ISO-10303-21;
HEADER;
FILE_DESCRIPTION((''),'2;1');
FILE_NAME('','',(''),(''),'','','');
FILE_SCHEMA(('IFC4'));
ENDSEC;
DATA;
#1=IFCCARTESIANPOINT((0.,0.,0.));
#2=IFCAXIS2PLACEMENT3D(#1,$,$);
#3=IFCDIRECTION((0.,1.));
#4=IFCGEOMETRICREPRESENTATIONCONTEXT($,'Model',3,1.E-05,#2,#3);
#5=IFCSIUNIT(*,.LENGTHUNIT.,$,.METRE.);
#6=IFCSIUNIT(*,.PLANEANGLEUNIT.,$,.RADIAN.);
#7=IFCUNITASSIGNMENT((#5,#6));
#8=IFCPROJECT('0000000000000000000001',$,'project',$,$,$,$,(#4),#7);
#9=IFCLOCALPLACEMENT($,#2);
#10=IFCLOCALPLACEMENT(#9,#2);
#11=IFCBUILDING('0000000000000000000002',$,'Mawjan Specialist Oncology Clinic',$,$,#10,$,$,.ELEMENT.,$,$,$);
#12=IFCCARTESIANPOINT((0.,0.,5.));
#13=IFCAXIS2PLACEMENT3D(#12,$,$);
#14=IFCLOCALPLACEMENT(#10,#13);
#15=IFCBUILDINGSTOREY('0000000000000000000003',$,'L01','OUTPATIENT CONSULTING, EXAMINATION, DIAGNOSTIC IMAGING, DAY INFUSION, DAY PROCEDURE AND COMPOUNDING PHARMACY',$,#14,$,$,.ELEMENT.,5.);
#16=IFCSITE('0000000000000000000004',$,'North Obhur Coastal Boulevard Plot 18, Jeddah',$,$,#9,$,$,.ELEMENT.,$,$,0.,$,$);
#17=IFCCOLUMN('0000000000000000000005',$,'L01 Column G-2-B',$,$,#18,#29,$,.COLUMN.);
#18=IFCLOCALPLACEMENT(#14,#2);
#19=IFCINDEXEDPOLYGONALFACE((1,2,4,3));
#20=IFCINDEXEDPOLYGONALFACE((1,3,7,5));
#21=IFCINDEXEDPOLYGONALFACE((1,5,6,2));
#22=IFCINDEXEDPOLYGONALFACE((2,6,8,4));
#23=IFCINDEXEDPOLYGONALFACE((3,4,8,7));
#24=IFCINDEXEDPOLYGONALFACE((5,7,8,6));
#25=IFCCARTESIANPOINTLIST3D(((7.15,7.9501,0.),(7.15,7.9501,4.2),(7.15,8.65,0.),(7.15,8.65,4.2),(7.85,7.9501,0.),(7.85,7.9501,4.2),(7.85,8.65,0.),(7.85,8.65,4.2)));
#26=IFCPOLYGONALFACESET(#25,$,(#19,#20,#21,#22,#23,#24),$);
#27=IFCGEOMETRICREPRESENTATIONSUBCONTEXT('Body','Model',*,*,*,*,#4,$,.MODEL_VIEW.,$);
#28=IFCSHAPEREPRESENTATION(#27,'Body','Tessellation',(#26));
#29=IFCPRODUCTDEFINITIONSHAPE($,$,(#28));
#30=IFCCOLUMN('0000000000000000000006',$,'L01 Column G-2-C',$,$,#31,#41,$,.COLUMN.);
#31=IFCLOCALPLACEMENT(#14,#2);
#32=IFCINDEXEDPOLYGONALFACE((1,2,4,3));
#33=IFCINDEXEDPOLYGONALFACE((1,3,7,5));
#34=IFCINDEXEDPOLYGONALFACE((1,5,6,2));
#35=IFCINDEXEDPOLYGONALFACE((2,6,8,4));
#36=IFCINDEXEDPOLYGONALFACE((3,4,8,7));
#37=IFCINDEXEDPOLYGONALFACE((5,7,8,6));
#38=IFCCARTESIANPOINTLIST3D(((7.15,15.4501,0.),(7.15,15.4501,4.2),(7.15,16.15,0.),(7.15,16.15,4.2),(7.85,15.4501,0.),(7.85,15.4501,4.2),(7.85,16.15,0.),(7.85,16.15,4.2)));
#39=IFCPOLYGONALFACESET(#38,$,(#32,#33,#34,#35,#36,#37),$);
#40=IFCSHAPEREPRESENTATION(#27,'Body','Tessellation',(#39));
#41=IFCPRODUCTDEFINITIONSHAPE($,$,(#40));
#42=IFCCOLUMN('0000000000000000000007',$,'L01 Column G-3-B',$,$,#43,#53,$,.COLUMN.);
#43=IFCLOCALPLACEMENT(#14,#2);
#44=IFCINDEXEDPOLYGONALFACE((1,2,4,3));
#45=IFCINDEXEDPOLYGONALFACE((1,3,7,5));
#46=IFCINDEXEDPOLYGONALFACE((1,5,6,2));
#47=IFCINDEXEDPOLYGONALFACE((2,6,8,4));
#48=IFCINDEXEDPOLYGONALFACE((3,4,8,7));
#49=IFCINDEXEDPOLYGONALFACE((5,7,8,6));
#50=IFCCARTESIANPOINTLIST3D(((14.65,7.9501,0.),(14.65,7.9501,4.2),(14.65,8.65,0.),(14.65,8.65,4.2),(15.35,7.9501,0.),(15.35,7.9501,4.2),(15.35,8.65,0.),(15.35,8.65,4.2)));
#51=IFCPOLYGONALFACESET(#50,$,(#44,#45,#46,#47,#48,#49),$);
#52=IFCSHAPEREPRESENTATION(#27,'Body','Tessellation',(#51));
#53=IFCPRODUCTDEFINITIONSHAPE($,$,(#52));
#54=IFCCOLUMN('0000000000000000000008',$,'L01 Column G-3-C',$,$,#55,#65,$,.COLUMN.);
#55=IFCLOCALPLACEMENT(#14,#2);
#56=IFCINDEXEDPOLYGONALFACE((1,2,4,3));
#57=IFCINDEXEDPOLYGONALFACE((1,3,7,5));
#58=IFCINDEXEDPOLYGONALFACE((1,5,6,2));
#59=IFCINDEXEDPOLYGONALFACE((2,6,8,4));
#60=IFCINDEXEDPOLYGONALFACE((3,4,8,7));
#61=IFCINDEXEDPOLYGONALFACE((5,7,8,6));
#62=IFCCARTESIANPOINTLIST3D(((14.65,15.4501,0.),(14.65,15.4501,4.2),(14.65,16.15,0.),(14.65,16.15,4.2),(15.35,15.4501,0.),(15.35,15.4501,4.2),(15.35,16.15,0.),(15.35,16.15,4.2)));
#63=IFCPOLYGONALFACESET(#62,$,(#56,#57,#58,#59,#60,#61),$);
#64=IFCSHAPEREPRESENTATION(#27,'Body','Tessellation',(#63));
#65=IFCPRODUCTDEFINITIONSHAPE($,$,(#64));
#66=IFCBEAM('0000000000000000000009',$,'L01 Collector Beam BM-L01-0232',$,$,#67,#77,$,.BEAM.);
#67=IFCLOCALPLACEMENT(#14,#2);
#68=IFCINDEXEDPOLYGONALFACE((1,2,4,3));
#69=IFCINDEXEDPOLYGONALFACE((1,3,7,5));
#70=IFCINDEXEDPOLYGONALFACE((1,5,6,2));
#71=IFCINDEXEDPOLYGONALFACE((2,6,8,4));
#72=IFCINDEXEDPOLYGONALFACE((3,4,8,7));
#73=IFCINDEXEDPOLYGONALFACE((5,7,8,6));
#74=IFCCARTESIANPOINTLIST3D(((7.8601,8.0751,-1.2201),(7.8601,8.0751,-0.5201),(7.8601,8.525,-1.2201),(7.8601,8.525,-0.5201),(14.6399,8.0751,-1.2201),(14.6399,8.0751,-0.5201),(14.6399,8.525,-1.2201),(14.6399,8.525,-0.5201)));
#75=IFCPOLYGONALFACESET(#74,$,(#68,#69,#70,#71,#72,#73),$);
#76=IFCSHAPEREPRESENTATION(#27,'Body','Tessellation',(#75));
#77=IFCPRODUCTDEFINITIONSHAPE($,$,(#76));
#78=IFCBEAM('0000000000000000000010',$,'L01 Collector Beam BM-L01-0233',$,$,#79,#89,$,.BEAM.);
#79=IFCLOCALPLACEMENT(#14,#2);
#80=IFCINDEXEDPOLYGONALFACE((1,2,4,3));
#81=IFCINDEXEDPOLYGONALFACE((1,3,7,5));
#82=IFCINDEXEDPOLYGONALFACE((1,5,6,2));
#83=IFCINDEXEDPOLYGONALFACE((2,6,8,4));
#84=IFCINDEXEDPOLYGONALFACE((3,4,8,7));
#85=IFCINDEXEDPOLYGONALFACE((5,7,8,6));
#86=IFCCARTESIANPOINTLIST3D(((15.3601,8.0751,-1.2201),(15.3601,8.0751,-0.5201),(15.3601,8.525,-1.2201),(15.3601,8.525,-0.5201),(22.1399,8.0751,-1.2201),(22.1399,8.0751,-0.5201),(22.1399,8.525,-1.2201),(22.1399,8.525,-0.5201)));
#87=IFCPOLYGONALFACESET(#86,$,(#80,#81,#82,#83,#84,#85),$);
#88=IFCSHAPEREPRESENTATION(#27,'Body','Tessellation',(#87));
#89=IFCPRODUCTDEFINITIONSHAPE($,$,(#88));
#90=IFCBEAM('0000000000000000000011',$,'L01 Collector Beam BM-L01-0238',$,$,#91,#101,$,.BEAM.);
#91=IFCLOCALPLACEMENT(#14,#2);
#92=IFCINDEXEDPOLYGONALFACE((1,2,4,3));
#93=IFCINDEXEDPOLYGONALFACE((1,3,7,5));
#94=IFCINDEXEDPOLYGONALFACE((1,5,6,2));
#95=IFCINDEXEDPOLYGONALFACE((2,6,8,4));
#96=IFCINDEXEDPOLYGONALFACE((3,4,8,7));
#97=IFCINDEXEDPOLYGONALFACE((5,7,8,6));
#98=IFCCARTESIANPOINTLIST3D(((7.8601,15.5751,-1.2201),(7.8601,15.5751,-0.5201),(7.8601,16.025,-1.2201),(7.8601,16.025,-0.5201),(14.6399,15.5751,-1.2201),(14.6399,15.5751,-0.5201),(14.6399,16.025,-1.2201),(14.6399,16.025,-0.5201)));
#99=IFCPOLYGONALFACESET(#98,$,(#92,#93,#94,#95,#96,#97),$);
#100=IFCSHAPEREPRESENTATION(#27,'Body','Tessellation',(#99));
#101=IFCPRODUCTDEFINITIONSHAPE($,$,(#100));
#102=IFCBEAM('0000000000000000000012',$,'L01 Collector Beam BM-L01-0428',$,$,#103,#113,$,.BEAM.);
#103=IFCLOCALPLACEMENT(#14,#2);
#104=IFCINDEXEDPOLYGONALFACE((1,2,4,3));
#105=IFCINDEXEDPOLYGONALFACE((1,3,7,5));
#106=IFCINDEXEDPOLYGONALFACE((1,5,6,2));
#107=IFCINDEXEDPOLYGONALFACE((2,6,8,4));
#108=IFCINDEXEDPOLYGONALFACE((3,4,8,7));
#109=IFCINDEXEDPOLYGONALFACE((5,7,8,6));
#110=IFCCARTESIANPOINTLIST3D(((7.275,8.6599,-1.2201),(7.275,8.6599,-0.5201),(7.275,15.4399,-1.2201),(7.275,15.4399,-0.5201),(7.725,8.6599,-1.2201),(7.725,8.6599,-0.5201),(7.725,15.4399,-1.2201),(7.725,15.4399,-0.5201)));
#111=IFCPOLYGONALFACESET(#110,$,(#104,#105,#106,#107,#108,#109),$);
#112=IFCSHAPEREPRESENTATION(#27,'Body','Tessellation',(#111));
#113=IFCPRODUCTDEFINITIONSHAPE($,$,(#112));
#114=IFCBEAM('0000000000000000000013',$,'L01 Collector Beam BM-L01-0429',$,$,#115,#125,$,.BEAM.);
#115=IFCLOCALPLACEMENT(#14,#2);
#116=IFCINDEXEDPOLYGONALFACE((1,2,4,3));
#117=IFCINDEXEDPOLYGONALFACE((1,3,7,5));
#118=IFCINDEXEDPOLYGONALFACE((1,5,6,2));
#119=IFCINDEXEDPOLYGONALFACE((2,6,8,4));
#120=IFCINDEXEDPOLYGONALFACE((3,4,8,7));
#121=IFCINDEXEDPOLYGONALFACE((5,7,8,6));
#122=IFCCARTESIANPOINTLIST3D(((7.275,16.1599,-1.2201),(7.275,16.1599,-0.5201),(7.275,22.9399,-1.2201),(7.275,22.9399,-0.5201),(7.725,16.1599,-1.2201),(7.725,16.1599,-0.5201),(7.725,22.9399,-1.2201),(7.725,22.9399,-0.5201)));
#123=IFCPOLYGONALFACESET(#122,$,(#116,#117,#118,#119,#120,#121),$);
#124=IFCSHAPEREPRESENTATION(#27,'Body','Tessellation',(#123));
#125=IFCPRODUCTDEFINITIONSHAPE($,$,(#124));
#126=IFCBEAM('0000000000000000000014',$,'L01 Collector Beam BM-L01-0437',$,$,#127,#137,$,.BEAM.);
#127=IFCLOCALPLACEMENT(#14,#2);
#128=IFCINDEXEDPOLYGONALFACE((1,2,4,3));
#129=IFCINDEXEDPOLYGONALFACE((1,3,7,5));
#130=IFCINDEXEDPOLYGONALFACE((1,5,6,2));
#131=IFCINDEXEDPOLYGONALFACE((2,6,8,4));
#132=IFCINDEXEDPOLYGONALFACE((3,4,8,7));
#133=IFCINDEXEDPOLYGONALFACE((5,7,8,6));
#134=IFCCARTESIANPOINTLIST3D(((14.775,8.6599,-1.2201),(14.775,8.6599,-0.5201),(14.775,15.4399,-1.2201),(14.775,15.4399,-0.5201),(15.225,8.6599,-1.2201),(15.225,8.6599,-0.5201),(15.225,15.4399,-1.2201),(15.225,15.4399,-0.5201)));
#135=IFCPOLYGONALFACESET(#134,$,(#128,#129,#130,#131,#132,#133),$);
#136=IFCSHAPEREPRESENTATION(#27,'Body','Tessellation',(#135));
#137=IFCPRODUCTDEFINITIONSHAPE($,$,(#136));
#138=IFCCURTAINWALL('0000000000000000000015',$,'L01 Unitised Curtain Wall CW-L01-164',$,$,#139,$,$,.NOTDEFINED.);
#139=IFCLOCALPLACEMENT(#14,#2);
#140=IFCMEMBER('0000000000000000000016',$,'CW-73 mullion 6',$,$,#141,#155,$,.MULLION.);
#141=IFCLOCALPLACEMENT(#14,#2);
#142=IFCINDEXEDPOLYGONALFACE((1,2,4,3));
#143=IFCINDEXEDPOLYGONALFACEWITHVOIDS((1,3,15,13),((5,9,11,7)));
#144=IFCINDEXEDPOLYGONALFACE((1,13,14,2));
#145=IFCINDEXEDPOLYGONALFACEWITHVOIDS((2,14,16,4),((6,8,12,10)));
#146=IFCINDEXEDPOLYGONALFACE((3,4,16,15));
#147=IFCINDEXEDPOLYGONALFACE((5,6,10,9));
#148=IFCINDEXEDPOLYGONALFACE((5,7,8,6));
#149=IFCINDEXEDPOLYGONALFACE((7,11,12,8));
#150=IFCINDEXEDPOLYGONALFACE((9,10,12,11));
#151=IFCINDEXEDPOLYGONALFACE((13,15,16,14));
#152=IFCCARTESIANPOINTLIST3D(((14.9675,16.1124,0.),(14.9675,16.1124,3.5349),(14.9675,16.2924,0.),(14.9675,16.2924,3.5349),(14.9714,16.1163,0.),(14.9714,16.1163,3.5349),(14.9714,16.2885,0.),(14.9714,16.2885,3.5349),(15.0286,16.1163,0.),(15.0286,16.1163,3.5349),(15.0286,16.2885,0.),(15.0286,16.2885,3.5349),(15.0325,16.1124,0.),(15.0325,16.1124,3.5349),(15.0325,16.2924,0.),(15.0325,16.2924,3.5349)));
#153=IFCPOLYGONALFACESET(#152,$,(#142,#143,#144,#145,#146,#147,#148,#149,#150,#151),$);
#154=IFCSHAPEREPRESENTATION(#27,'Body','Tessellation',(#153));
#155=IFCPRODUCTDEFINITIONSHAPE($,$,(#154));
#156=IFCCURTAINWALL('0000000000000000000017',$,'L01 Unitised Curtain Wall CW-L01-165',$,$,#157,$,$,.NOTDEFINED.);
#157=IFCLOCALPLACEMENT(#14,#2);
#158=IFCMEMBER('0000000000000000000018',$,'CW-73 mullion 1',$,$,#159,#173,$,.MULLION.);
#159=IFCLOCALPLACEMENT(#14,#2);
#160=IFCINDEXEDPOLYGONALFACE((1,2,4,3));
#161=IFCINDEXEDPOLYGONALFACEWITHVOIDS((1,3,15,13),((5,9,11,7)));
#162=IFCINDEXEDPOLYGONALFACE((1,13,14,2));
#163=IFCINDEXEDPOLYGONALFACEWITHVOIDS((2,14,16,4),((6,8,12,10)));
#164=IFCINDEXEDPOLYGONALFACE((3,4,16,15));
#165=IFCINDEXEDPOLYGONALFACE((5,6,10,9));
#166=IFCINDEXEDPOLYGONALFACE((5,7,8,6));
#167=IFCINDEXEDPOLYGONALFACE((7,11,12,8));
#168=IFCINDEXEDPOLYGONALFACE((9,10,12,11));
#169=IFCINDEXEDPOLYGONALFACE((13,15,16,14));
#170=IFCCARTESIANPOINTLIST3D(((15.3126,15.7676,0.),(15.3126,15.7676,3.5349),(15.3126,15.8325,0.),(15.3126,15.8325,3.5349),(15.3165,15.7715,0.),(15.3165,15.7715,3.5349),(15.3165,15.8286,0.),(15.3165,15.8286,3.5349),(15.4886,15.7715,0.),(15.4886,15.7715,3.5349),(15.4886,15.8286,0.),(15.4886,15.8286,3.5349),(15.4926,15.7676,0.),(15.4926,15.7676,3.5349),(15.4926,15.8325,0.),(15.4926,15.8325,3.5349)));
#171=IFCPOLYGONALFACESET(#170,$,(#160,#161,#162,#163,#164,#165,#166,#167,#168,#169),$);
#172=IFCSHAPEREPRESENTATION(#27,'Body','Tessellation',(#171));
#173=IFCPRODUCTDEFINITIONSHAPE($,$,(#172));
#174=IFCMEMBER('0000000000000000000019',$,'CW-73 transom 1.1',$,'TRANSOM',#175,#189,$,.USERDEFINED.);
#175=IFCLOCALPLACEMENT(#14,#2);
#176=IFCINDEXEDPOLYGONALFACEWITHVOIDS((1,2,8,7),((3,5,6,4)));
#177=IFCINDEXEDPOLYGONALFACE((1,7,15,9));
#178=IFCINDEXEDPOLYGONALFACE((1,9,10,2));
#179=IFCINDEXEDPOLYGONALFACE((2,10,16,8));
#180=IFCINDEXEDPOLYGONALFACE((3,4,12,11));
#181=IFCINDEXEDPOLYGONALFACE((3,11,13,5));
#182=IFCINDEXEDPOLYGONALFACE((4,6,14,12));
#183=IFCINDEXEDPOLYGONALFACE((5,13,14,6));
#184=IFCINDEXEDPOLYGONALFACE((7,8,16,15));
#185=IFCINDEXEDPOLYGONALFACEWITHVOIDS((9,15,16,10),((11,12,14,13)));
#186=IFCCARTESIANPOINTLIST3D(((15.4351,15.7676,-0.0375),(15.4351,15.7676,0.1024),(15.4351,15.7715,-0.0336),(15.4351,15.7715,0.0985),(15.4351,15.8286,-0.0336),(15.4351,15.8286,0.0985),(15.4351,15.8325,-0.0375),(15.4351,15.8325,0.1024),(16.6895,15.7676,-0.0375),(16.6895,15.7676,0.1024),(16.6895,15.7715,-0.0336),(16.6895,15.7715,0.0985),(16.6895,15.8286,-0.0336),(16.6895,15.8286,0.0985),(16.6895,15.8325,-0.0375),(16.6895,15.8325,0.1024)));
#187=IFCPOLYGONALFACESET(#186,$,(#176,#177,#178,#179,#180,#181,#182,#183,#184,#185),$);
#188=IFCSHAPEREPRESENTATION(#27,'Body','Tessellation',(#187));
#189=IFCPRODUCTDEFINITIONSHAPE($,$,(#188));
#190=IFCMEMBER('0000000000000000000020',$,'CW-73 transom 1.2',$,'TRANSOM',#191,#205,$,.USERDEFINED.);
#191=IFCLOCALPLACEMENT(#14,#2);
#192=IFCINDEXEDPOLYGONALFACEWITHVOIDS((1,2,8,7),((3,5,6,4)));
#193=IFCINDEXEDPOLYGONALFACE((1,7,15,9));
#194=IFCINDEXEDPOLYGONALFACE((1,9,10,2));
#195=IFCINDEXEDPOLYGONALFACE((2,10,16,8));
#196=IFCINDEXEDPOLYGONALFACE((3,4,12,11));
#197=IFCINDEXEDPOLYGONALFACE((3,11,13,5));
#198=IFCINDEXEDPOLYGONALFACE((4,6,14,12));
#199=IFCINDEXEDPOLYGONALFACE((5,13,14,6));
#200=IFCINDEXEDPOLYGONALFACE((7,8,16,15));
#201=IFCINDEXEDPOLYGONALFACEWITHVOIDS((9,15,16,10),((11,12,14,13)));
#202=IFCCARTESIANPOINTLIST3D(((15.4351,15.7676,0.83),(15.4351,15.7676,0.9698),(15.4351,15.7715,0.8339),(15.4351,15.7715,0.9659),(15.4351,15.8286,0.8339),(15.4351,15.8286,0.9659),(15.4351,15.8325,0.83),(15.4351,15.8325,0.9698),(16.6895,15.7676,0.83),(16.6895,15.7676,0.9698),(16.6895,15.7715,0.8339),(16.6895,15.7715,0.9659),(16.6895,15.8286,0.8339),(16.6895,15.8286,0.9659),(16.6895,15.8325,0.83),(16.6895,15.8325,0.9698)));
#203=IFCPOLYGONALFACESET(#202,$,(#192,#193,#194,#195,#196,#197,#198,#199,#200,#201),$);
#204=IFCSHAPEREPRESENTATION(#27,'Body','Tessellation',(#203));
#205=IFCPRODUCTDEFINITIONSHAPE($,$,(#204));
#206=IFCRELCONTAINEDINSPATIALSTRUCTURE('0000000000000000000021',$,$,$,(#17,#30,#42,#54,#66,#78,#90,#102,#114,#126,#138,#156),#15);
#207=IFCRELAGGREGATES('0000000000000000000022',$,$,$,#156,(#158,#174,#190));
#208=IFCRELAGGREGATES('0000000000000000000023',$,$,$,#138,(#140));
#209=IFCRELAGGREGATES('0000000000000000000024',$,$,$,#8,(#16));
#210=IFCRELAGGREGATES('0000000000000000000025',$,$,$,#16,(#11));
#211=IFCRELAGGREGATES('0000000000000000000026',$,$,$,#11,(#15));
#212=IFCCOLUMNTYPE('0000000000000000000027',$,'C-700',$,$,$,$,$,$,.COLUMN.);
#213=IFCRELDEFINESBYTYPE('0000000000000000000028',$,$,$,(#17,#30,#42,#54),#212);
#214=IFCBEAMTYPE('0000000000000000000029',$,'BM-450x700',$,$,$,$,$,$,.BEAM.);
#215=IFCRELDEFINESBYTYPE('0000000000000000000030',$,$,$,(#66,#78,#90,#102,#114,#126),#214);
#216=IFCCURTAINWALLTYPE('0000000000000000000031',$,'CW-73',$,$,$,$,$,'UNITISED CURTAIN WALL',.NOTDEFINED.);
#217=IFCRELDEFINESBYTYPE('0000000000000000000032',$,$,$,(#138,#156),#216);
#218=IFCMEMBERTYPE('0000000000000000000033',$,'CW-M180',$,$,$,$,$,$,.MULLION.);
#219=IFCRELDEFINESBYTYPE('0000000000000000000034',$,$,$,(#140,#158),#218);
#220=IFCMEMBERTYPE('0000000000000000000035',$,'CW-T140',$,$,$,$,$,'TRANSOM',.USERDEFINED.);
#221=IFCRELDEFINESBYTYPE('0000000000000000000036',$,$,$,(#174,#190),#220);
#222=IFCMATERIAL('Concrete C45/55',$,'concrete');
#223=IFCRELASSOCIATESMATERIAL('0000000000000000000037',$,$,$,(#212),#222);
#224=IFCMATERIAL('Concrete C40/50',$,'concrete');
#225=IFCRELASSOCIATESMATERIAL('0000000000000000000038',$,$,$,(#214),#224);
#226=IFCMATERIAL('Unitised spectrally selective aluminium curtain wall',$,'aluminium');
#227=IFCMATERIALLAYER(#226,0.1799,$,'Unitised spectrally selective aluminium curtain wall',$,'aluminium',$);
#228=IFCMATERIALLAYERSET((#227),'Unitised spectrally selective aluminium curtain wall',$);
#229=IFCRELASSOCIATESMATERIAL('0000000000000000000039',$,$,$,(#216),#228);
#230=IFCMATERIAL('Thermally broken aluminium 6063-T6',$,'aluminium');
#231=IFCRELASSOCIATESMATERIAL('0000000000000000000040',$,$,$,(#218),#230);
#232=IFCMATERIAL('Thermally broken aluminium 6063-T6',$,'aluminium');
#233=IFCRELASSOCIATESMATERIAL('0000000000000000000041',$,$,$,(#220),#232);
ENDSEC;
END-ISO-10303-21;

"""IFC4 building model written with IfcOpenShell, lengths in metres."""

from ifc_helpers import new_model, si_unit, direction, frame, origin, origin_2d, place, context, subcontext, project, spatial, rectangle, hollow_rectangle, extrude, material, layer, layer_set, material_profile, profile_set, type_object, element, aggregate, save


model = new_model("IFC4")

# Units and contexts
model_context = context("Model", 3, precision=1e-05, world=origin(), true_north=direction((0.0, 1.0)))
body_context = subcontext(model_context, "Body", "Model", "MODEL_VIEW")
ifc_project = project(units=[si_unit("LENGTHUNIT", "METRE"), si_unit("PLANEANGLEUNIT", "RADIAN")], contexts=[model_context])

# Site, building, storey
site_placement = place(None, origin())
site = spatial("IfcSite", under=ifc_project, at=site_placement, Name="North Obhur Coastal Boulevard Plot 18, Jeddah", CompositionType="ELEMENT", RefElevation=0.0)
building_placement = place(site_placement, origin())
building = spatial("IfcBuilding", under=site, at=building_placement, Name="Mawjan Specialist Oncology Clinic", CompositionType="ELEMENT")
storey_placement = place(building_placement, frame((0.0, 0.0, 5.0)))
storey = spatial("IfcBuildingStorey", under=building, at=storey_placement, Name="L01", Description="OUTPATIENT CONSULTING, EXAMINATION, DIAGNOSTIC IMAGING, DAY INFUSION, DAY PROCEDURE AND COMPOUNDING PHARMACY", CompositionType="ELEMENT", Elevation=5.0)

# Columns
ifc_material_1 = material(Name="Concrete C45/55", Category="concrete")
ifc_material_profile_1 = material_profile(ifc_material_1, rectangle(XDim=0.7, YDim=0.7, at=origin_2d()), Name="RC COL 700x700", Category="concrete")
ifc_profile_set_1 = profile_set([ifc_material_profile_1], Name="Concrete C45/55")
column_type = type_object("IfcColumnType", Name="C-700", PredefinedType="COLUMN", material=ifc_profile_set_1)
for number, where, z_axis, x_axis, name in (
    (1, (7.5, 8.3, 0.0), (0.0, 0.0, 1.0), (1.0, 0.0, 0.0), "L01 Column G-2-B"),
    (2, (7.5, 15.8, 0.0), (0.0, 0.0, 1.0), (1.0, 0.0, 0.0), "L01 Column G-2-C"),
    (3, (15.0, 8.3, 0.0), (0.0, 0.0, 1.0), (1.0, 0.0, 0.0), "L01 Column G-3-B"),
    (4, (15.0, 15.8, 0.0), (0.0, 0.0, 1.0), (1.0, 0.0, 0.0), "L01 Column G-3-C"),
):
    element("IfcColumn", number, at=place(storey_placement, frame(where, z_axis=z_axis, x_axis=x_axis)), inside=storey, type_object=column_type, Name=name, PredefinedType="COLUMN", context=body_context, shape_type="SweptSolid", body=[
        extrude(rectangle(XDim=0.7, YDim=0.7, at=origin_2d()), origin(), (0.0, 0.0, 1.0), 4.2),
    ])

# Beams
ifc_material_2 = material(Name="Concrete C40/50", Category="concrete")
ifc_material_profile_2 = material_profile(ifc_material_2, rectangle(XDim=0.45, YDim=0.7, at=origin_2d()), Name="RC BM 450x700", Category="concrete")
ifc_profile_set_2 = profile_set([ifc_material_profile_2], Name="Concrete C40/50")
beam_type_1 = type_object("IfcBeamType", Name="BM-450x700", PredefinedType="BEAM", material=ifc_profile_set_2)
for number, where, z_axis, x_axis, name in (
    (5, (7.8601, 8.3, -0.8701), (1.0, 0.0, 0.0), (0.0, 1.0, 0.0), "L01 Collector Beam BM-L01-0232"),
    (6, (15.3601, 8.3, -0.8701), (1.0, 0.0, 0.0), (0.0, 1.0, 0.0), "L01 Collector Beam BM-L01-0233"),
    (7, (7.8601, 15.8, -0.8701), (1.0, 0.0, 0.0), (0.0, 1.0, 0.0), "L01 Collector Beam BM-L01-0238"),
):
    element("IfcBeam", number, at=place(storey_placement, frame(where, z_axis=z_axis, x_axis=x_axis)), inside=storey, type_object=beam_type_1, Name=name, PredefinedType="BEAM", context=body_context, shape_type="SweptSolid", body=[
        extrude(rectangle(XDim=0.45, YDim=0.7, at=origin_2d()), origin(), (0.0, 0.0, 1.0), 6.7798),
    ])
for number, where, z_axis, x_axis, name in (
    (8, (7.5, 8.6599, -0.8701), (0.0, 1.0, 0.0), (-1.0, 0.0, 0.0), "L01 Collector Beam BM-L01-0428"),
    (9, (7.5, 16.1599, -0.8701), (0.0, 1.0, 0.0), (-1.0, 0.0, 0.0), "L01 Collector Beam BM-L01-0429"),
    (10, (15.0, 8.6599, -0.8701), (0.0, 1.0, 0.0), (-1.0, 0.0, 0.0), "L01 Collector Beam BM-L01-0437"),
):
    element("IfcBeam", number, at=place(storey_placement, frame(where, z_axis=z_axis, x_axis=x_axis)), inside=storey, type_object=beam_type_1, Name=name, PredefinedType="BEAM", context=body_context, shape_type="SweptSolid", body=[
        extrude(rectangle(XDim=0.45, YDim=0.7, at=origin_2d()), origin(), (0.0, 0.0, 1.0), 6.78),
    ])

# Curtain wall, member
ifc_material_3 = material(Name="Unitised spectrally selective aluminium curtain wall", Category="aluminium")
ifc_layer_1 = layer(ifc_material_3, 0.1799, Name="Unitised spectrally selective aluminium curtain wall", Category="aluminium")
ifc_layer_set_1 = layer_set([ifc_layer_1], Name="Unitised spectrally selective aluminium curtain wall")
curtain_wall_type = type_object("IfcCurtainWallType", Name="CW-73", ElementType="UNITISED CURTAIN WALL", PredefinedType="NOTDEFINED", material=ifc_layer_set_1)
curtain_wall_1_placement = place(storey_placement, origin())
curtain_wall_1 = element("IfcCurtainWall", 11, at=curtain_wall_1_placement, inside=storey, type_object=curtain_wall_type, Name="L01 Unitised Curtain Wall CW-L01-164", PredefinedType="NOTDEFINED")
ifc_material_4 = material(Name="Thermally broken aluminium 6063-T6", Category="aluminium")
ifc_material_profile_3 = material_profile(ifc_material_4, hollow_rectangle(XDim=0.0649, YDim=0.1799, WallThickness=0.0039, at=origin_2d()), Name="ALU MULLION 180x65x4", Category="aluminium")
ifc_profile_set_3 = profile_set([ifc_material_profile_3], Name="Thermally broken aluminium 6063-T6")
member_type_1 = type_object("IfcMemberType", Name="CW-M180", PredefinedType="MULLION", material=ifc_profile_set_3)
member_1_placement = place(storey_placement, frame((15.0, 16.2024, 0.0), z_axis=(0.0, 0.0, 1.0), x_axis=(1.0, 0.0, 0.0)))
member_1 = element("IfcMember", 12, at=member_1_placement, type_object=member_type_1, Name="CW-73 mullion 6", PredefinedType="MULLION", context=body_context, shape_type="SweptSolid", body=[
    extrude(hollow_rectangle(XDim=0.0649, YDim=0.1799, WallThickness=0.0039, at=origin_2d()), origin(), (0.0, 0.0, 1.0), 3.5349),
])

# Curtain wall, members
curtain_wall_2_placement = place(storey_placement, origin())
curtain_wall_2 = element("IfcCurtainWall", 13, at=curtain_wall_2_placement, inside=storey, type_object=curtain_wall_type, Name="L01 Unitised Curtain Wall CW-L01-165", PredefinedType="NOTDEFINED")
member_2_placement = place(storey_placement, frame((15.4026, 15.8, 0.0), z_axis=(0.0, 0.0, 1.0), x_axis=(0.0, 1.0, 0.0)))
member_2 = element("IfcMember", 14, at=member_2_placement, type_object=member_type_1, Name="CW-73 mullion 1", PredefinedType="MULLION", context=body_context, shape_type="SweptSolid", body=[
    extrude(hollow_rectangle(XDim=0.0649, YDim=0.1799, WallThickness=0.0039, at=origin_2d()), origin(), (0.0, 0.0, 1.0), 3.5349),
])
ifc_material_5 = material(Name="Thermally broken aluminium 6063-T6", Category="aluminium")
ifc_material_profile_4 = material_profile(ifc_material_5, hollow_rectangle(XDim=0.0649, YDim=0.1399, WallThickness=0.0039, at=origin_2d()), Name="ALU TRANSOM 140x65x4", Category="aluminium")
ifc_profile_set_4 = profile_set([ifc_material_profile_4], Name="Thermally broken aluminium 6063-T6")
member_type_2 = type_object("IfcMemberType", Name="CW-T140", ElementType="TRANSOM", PredefinedType="USERDEFINED", material=ifc_profile_set_4)
member_3_placement = place(storey_placement, frame((15.4351, 15.8, 0.0325), z_axis=(1.0, 0.0, 0.0), x_axis=(0.0, 1.0, 0.0)))
member_3 = element("IfcMember", 15, at=member_3_placement, type_object=member_type_2, Name="CW-73 transom 1.1", ObjectType="TRANSOM", PredefinedType="USERDEFINED", context=body_context, shape_type="SweptSolid", body=[
    extrude(hollow_rectangle(XDim=0.0649, YDim=0.1399, WallThickness=0.0039, at=origin_2d()), origin(), (0.0, 0.0, 1.0), 1.2544),
])
member_4_placement = place(storey_placement, frame((15.4351, 15.8, 0.8999), z_axis=(1.0, 0.0, 0.0), x_axis=(0.0, 1.0, 0.0)))
member_4 = element("IfcMember", 16, at=member_4_placement, type_object=member_type_2, Name="CW-73 transom 1.2", ObjectType="TRANSOM", PredefinedType="USERDEFINED", context=body_context, shape_type="SweptSolid", body=[
    extrude(hollow_rectangle(XDim=0.0649, YDim=0.1399, WallThickness=0.0039, at=origin_2d()), origin(), (0.0, 0.0, 1.0), 1.2544),
])
aggregate(curtain_wall_2, [member_2, member_3, member_4])

aggregate(curtain_wall_1, [member_1])

save(model, "model.ifc")
